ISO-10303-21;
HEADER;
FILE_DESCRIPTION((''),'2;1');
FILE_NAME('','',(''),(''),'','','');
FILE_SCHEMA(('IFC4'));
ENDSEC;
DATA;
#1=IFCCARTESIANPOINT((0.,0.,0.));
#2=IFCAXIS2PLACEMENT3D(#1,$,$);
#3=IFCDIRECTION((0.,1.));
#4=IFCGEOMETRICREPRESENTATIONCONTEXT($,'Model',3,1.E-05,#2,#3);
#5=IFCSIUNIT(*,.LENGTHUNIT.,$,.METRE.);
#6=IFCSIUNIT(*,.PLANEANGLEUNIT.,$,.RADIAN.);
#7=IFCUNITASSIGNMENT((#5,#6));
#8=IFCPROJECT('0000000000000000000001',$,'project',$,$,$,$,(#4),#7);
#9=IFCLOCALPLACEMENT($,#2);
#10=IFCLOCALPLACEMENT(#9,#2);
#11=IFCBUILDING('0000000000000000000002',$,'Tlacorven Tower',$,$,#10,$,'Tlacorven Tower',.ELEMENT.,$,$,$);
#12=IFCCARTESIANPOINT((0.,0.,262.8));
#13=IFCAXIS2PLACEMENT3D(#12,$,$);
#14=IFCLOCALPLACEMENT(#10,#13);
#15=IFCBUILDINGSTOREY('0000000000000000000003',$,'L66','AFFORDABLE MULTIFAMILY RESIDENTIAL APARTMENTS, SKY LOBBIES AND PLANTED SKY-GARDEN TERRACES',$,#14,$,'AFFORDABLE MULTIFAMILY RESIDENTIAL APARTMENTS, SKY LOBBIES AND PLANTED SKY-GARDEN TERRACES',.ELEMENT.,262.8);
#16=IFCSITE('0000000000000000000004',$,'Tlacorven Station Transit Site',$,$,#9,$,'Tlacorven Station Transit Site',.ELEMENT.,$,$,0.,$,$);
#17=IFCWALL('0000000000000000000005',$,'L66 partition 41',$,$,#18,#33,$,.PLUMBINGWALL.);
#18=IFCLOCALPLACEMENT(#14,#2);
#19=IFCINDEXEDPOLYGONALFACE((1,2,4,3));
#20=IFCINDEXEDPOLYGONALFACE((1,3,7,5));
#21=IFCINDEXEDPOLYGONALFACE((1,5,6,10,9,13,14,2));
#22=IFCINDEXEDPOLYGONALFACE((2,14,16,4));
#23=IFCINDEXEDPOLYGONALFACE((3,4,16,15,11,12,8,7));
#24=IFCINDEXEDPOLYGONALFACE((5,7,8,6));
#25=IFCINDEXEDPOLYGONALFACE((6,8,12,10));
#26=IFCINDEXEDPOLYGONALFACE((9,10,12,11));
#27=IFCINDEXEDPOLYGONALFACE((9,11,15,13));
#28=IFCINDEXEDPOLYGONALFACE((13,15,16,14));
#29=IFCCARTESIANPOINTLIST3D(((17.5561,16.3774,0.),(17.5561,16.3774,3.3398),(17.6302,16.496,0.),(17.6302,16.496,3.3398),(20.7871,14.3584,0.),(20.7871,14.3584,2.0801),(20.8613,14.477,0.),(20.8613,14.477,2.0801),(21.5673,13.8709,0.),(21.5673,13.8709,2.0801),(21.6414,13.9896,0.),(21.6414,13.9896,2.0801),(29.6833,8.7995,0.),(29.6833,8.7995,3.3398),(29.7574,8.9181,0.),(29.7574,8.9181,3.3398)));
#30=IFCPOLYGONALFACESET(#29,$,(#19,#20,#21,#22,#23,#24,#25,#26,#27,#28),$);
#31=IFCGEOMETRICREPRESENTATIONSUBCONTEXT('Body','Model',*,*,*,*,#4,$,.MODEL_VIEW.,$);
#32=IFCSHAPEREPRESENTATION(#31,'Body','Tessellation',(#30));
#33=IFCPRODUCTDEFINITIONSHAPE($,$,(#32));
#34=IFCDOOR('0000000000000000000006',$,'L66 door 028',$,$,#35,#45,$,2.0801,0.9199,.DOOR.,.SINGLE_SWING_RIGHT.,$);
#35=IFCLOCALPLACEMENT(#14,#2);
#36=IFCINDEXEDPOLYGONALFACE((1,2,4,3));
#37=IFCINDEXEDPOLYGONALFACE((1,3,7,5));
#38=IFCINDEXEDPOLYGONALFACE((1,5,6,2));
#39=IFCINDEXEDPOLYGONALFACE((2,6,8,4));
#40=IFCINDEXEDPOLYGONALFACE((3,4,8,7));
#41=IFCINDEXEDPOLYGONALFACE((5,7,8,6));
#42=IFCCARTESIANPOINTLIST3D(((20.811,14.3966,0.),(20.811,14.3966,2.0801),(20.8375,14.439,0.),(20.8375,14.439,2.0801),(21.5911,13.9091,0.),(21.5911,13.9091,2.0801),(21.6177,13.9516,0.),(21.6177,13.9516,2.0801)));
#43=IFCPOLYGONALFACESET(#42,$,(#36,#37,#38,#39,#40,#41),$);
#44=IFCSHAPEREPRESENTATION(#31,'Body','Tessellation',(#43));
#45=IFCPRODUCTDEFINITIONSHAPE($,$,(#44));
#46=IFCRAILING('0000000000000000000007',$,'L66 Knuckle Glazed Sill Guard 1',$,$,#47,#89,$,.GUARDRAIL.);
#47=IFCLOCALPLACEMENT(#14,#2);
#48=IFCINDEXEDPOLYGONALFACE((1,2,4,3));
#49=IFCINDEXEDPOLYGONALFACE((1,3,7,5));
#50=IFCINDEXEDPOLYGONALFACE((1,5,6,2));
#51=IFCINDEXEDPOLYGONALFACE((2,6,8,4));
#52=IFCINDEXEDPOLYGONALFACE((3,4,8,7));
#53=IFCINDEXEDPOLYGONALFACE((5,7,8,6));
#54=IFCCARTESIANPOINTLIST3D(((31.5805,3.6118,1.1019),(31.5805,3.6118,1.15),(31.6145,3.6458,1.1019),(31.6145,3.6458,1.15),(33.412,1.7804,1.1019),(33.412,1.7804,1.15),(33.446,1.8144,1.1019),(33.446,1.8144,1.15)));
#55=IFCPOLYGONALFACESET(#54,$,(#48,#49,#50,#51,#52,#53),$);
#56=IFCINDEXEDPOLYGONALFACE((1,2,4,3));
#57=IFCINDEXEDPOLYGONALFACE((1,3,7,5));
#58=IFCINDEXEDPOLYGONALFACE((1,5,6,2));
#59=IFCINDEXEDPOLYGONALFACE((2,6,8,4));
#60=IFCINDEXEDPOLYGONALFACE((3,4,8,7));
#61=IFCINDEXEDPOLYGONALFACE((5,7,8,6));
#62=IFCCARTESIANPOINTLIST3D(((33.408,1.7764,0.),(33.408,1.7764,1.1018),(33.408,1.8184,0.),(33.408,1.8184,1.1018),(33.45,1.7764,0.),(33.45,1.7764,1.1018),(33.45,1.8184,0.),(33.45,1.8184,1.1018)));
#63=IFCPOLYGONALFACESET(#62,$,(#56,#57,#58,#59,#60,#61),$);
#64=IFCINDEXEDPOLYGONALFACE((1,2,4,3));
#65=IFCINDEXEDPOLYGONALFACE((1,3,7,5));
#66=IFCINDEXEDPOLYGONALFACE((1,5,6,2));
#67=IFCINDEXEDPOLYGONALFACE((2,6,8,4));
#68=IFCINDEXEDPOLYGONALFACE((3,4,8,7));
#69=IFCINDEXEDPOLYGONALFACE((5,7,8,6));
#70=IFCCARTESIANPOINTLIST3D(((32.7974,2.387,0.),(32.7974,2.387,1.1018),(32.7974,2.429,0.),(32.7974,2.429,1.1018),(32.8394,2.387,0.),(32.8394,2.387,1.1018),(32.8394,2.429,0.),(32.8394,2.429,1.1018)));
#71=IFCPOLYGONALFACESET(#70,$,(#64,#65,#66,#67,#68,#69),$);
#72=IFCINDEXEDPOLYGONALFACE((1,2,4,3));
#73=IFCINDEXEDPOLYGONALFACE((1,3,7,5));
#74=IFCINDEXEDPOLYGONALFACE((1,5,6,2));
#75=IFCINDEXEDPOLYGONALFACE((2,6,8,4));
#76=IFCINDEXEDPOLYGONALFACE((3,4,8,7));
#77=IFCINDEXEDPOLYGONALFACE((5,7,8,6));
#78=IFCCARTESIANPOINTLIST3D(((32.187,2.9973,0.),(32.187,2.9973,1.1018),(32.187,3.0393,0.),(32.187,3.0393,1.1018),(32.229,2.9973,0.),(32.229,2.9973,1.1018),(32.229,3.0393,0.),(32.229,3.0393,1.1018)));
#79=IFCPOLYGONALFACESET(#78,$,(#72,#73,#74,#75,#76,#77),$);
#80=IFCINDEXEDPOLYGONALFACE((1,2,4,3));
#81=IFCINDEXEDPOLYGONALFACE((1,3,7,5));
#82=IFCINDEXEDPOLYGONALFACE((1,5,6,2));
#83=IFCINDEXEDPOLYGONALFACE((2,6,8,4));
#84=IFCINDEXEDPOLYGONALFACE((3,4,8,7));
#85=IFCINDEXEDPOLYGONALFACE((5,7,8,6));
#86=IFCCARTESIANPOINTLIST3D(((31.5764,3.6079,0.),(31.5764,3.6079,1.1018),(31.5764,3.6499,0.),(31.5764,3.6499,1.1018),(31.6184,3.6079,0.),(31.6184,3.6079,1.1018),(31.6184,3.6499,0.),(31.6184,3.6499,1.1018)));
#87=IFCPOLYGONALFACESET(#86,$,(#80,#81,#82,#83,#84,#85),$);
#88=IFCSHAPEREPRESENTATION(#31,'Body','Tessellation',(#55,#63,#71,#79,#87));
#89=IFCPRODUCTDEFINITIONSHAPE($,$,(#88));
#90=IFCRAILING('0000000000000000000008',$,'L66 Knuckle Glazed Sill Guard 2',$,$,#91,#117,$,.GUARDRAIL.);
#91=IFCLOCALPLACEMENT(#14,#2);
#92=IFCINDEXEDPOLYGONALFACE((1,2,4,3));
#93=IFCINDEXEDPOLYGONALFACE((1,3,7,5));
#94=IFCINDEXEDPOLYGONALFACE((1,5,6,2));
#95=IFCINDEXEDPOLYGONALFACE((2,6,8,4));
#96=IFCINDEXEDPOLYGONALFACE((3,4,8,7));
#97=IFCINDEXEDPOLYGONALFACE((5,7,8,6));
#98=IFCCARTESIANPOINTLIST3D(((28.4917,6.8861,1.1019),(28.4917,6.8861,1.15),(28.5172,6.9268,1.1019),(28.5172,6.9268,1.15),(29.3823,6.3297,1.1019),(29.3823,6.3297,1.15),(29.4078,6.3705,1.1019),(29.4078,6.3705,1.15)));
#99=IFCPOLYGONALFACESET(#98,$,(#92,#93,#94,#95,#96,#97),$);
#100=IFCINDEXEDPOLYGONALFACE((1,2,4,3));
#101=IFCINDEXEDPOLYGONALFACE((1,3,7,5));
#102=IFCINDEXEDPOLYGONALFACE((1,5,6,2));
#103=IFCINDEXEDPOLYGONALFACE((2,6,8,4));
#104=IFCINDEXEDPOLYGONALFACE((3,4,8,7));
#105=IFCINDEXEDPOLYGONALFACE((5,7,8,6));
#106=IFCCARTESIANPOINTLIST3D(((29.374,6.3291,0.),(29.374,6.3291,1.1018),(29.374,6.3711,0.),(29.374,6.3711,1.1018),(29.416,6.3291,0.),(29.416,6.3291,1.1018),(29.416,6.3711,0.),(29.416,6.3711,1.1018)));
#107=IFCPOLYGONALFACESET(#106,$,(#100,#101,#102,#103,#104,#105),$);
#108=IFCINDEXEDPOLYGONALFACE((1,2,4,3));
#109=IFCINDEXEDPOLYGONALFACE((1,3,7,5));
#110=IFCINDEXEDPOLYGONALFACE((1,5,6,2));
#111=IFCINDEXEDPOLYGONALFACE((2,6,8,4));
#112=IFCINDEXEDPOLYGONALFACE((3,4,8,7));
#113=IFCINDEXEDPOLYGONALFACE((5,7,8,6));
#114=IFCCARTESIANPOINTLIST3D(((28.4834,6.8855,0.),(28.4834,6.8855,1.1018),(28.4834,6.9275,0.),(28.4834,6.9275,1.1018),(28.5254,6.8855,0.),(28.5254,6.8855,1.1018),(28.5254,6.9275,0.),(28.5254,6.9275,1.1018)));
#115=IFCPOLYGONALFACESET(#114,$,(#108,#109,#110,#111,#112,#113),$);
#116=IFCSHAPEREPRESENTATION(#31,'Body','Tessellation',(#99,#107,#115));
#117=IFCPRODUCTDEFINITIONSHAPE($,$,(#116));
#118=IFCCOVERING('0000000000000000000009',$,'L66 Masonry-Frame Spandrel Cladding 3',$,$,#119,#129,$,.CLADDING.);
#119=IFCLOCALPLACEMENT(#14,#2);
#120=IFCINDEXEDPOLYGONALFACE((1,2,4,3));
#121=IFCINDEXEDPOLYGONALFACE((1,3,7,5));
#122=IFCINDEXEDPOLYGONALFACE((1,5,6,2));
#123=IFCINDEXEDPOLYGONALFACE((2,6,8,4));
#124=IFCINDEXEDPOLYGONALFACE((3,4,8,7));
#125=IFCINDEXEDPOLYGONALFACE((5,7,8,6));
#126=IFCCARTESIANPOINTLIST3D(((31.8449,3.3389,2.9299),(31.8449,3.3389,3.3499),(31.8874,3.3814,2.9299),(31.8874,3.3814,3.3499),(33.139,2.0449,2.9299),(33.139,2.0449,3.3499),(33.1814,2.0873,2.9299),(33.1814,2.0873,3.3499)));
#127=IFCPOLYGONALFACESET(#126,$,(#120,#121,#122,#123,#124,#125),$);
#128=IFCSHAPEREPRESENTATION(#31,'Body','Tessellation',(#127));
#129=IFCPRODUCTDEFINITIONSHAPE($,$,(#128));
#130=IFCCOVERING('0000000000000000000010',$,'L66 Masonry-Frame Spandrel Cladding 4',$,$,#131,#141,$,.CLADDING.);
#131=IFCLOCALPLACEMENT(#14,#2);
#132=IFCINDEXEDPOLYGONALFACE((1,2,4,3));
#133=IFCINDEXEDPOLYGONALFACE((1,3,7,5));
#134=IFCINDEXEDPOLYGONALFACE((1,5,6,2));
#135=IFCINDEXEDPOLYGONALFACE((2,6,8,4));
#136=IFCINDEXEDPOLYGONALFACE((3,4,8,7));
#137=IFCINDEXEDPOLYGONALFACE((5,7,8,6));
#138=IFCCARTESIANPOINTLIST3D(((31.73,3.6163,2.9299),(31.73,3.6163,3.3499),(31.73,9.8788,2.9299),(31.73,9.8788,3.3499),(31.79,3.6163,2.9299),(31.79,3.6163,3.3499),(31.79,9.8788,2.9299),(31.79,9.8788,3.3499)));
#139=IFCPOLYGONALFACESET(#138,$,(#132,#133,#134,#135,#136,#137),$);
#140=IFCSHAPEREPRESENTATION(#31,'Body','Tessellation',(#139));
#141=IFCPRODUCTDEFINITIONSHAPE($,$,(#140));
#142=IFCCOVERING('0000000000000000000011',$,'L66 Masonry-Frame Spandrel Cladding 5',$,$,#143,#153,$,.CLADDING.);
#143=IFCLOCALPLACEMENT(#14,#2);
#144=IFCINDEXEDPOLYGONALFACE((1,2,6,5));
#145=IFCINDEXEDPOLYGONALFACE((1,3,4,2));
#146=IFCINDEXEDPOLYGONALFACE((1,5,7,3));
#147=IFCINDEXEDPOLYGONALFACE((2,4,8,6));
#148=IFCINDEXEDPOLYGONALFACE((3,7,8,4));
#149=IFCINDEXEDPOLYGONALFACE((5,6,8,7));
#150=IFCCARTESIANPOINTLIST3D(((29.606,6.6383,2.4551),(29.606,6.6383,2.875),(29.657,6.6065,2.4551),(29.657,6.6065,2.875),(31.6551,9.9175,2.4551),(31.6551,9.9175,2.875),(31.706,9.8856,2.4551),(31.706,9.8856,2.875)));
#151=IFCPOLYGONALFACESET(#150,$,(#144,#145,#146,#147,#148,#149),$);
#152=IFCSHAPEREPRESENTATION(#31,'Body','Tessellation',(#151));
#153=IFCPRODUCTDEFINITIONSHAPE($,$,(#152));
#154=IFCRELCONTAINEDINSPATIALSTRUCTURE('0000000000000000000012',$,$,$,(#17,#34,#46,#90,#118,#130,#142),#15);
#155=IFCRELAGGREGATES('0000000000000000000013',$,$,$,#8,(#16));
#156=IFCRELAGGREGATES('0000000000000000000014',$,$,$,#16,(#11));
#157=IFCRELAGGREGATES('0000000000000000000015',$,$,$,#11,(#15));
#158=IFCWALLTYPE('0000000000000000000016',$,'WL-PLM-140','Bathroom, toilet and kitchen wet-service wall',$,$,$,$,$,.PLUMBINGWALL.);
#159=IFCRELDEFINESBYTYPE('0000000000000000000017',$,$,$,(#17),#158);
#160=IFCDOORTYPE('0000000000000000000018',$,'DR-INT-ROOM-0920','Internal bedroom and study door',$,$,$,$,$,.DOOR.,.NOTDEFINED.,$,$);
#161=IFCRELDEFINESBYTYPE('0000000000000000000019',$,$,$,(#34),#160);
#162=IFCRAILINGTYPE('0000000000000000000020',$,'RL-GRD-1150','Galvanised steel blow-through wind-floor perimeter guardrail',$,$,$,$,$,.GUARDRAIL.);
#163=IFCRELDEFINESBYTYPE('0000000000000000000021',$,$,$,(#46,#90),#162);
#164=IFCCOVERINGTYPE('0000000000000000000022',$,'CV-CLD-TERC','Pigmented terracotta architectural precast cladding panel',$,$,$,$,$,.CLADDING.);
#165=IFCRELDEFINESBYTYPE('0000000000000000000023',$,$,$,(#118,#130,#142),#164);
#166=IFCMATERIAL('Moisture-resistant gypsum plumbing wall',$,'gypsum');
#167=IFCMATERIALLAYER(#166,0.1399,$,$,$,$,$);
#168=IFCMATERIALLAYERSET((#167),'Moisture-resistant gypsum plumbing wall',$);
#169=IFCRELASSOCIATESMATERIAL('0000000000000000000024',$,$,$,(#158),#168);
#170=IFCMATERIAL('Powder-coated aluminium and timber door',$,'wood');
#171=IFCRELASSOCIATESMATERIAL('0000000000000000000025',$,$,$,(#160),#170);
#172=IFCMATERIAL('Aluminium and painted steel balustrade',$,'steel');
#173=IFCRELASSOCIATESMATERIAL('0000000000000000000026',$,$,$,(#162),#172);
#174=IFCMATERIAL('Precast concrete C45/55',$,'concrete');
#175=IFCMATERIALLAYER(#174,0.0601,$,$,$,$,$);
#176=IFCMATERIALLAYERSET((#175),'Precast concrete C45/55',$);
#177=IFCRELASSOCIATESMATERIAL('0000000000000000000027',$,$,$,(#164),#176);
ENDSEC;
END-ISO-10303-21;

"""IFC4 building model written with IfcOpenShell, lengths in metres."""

from ifc_helpers import new_model, si_unit, direction, frame, frame_2d, origin, origin_2d, place, context, subcontext, project, spatial, rectangle, extrude, source, transform, mapped, material, layer, layer_set, type_object, element, fill, save


model = new_model("IFC4")

# Units and contexts
model_context = context("Model", 3, precision=1e-05, world=origin(), true_north=direction((0.0, 1.0)))
body_context = subcontext(model_context, "Body", "Model", "MODEL_VIEW")
ifc_project = project(units=[si_unit("LENGTHUNIT", "METRE"), si_unit("PLANEANGLEUNIT", "RADIAN")], contexts=[model_context])

# Site, building, storey
site_placement = place(None, origin())
site = spatial("IfcSite", under=ifc_project, at=site_placement, Name="Tlacorven Station Transit Site", LongName="Tlacorven Station Transit Site", CompositionType="ELEMENT", RefElevation=0.0)
building_placement = place(site_placement, origin())
building = spatial("IfcBuilding", under=site, at=building_placement, Name="Tlacorven Tower", LongName="Tlacorven Tower", CompositionType="ELEMENT")
storey_placement = place(building_placement, frame((0.0, 0.0, 262.8)))
storey = spatial("IfcBuildingStorey", under=building, at=storey_placement, Name="L66", Description="AFFORDABLE MULTIFAMILY RESIDENTIAL APARTMENTS, SKY LOBBIES AND PLANTED SKY-GARDEN TERRACES", LongName="AFFORDABLE MULTIFAMILY RESIDENTIAL APARTMENTS, SKY LOBBIES AND PLANTED SKY-GARDEN TERRACES", CompositionType="ELEMENT", Elevation=262.8)

# Shared definitions
ifc_material_1 = material(Name="Precast concrete C45/55", Category="concrete")

# Shared definitions
ifc_material_2 = material(Name="Powder-coated aluminium and timber door", Category="wood")

# Wall, opening, door
ifc_material_3 = material(Name="Moisture-resistant gypsum plumbing wall", Category="gypsum")
ifc_layer_1 = layer(ifc_material_3, 0.1399)
ifc_layer_set_1 = layer_set([ifc_layer_1], Name="Moisture-resistant gypsum plumbing wall")
wall_type_1 = type_object("IfcWallType", Name="WL-PLM-140", Description="Bathroom, toilet and kitchen wet-service wall", PredefinedType="PLUMBINGWALL", material=ifc_layer_set_1)
wall_1_placement = place(storey_placement, frame((29.7202, 8.8589, 0.0), z_axis=(0.0, 0.0, 1.0), x_axis=(-0.848049, 0.529918, 0.0)))
wall_1 = element("IfcWall", 1, at=wall_1_placement, inside=storey, type_object=wall_type_1, Name="L66 partition 41", PredefinedType="PLUMBINGWALL", context=body_context, shape_type="SweptSolid", body=[
    extrude(rectangle(XDim=14.3, YDim=0.1399, at=frame_2d((7.1499, 0.0))), origin(), (0.0, 0.0, 1.0), 3.3398),
])
opening_1_placement = place(wall_1_placement, frame((9.5701, 0.0, 0.0)))
opening_1 = element("IfcOpeningElement", 2, at=opening_1_placement, cuts=wall_1, PredefinedType="OPENING", context=body_context, shape_type="SweptSolid", body=[
    extrude(rectangle(XDim=0.9199, YDim=2.0801, at=frame_2d((0.46, 1.04))), frame((0.0, 0.0801, 0.0), z_axis=(0.0, -1.0, 0.0), x_axis=(1.0, 0.0, 0.0)), (0.0, 0.0, 1.0), 0.1599),
])
door_type_1 = type_object("IfcDoorType", Name="DR-INT-ROOM-0920", Description="Internal bedroom and study door", OperationType="NOTDEFINED", PredefinedType="DOOR", material=ifc_material_2)
shared_shape_1 = source(origin(), body_context, "Body", "SweptSolid", [
    extrude(rectangle(XDim=0.9199, YDim=2.0801, at=frame_2d((0.46, 1.04))), frame((0.0, 0.0249, 0.0), z_axis=(0.0, -1.0, 0.0), x_axis=(1.0, 0.0, 0.0)), (0.0, 0.0, 1.0), 0.05),
])
door_1_placement = place(opening_1_placement, origin())
door_1 = element("IfcDoor", 3, at=door_1_placement, inside=storey, type_object=door_type_1, Name="L66 door 028", OperationType="SINGLE_SWING_RIGHT", OverallHeight=2.0801, OverallWidth=0.9199, PredefinedType="DOOR", context=body_context, shape_type="MappedRepresentation", body=[
    mapped(shared_shape_1, transform((0.0, 0.0, 0.0), scale=1.0)),
])
fill(opening_1, door_1)

# Railings
ifc_material_4 = material(Name="Aluminium and painted steel balustrade", Category="steel")
railing_type = type_object("IfcRailingType", Name="RL-GRD-1150", Description="Galvanised steel blow-through wind-floor perimeter guardrail", PredefinedType="GUARDRAIL", material=ifc_material_4)
shared_shape_2 = source(origin(), body_context, "Body", "SweptSolid", [
    extrude(rectangle(XDim=0.0481, YDim=0.0481, at=origin_2d()), frame((0.0, 0.0, 1.126), z_axis=(-0.707107, 0.707107, 0.0), x_axis=(-0.707107, -0.707107, 0.0)), (0.0, 0.0, 1.0), 2.5901),
    extrude(rectangle(XDim=0.042, YDim=0.042, at=origin_2d()), origin(), (0.0, 0.0, 1.0), 1.1018),
    extrude(rectangle(XDim=0.042, YDim=0.042, at=origin_2d()), frame((-0.6106, 0.6106, 0.0)), (0.0, 0.0, 1.0), 1.1018),
    extrude(rectangle(XDim=0.042, YDim=0.042, at=origin_2d()), frame((-1.2209, 1.2209, 0.0)), (0.0, 0.0, 1.0), 1.1018),
    extrude(rectangle(XDim=0.042, YDim=0.042, at=origin_2d()), frame((-1.8315, 1.8315, 0.0)), (0.0, 0.0, 1.0), 1.1018),
])
railing_1_placement = place(storey_placement, frame((33.429, 1.7974, 0.0)))
element("IfcRailing", 4, at=railing_1_placement, inside=storey, type_object=railing_type, Name="L66 Knuckle Glazed Sill Guard 1", PredefinedType="GUARDRAIL", context=body_context, shape_type="MappedRepresentation", body=[
    mapped(shared_shape_2, transform((0.0, 0.0, 0.0), scale=1.0)),
])
shared_shape_3 = source(origin(), body_context, "Body", "SweptSolid", [
    extrude(rectangle(XDim=0.0481, YDim=0.0481, at=origin_2d()), frame((0.0, 0.0, 1.126), z_axis=(-0.848103, 0.529832, 0.0), x_axis=(-0.529832, -0.848103, 0.0)), (0.0, 0.0, 1.0), 1.05),
    extrude(rectangle(XDim=0.042, YDim=0.042, at=origin_2d()), origin(), (0.0, 0.0, 1.0), 1.1018),
    extrude(rectangle(XDim=0.042, YDim=0.042, at=origin_2d()), frame((-0.8906, 0.5564, 0.0)), (0.0, 0.0, 1.0), 1.1018),
])
railing_2_placement = place(storey_placement, frame((29.395, 6.3501, 0.0)))
element("IfcRailing", 5, at=railing_2_placement, inside=storey, type_object=railing_type, Name="L66 Knuckle Glazed Sill Guard 2", PredefinedType="GUARDRAIL", context=body_context, shape_type="MappedRepresentation", body=[
    mapped(shared_shape_3, transform((0.0, 0.0, 0.0), scale=1.0)),
])

# Coverings
ifc_layer_2 = layer(ifc_material_1, 0.0601)
ifc_layer_set_2 = layer_set([ifc_layer_2], Name="Precast concrete C45/55")
covering_type = type_object("IfcCoveringType", Name="CV-CLD-TERC", Description="Pigmented terracotta architectural precast cladding panel", PredefinedType="CLADDING", material=ifc_layer_set_2)
shared_shape_4 = source(origin(), body_context, "Body", "SweptSolid", [
    extrude(rectangle(XDim=1.8301, YDim=0.0601, at=origin_2d()), origin(), (0.0, 0.0, 1.0), 0.4199),
])
covering_1_placement = place(storey_placement, frame((32.5132, 2.7131, 2.9299), z_axis=(0.0, 0.0, 1.0), x_axis=(-0.707107, 0.707107, 0.0)))
element("IfcCovering", 6, at=covering_1_placement, inside=storey, type_object=covering_type, Name="L66 Masonry-Frame Spandrel Cladding 3", PredefinedType="CLADDING", context=body_context, shape_type="MappedRepresentation", body=[
    mapped(shared_shape_4, transform((0.0, 0.0, 0.0), scale=1.0)),
])
shared_shape_5 = source(origin(), body_context, "Body", "SweptSolid", [
    extrude(rectangle(XDim=6.2625, YDim=0.0601, at=origin_2d()), origin(), (0.0, 0.0, 1.0), 0.4199),
])
covering_2_placement = place(storey_placement, frame((31.76, 6.7476, 2.9299), z_axis=(0.0, 0.0, 1.0), x_axis=(0.0, 1.0, 0.0)))
element("IfcCovering", 7, at=covering_2_placement, inside=storey, type_object=covering_type, Name="L66 Masonry-Frame Spandrel Cladding 4", PredefinedType="CLADDING", context=body_context, shape_type="MappedRepresentation", body=[
    mapped(shared_shape_5, transform((0.0, 0.0, 0.0), scale=1.0)),
])
shared_shape_6 = source(origin(), body_context, "Body", "SweptSolid", [
    extrude(rectangle(XDim=3.8667, YDim=0.0601, at=origin_2d()), origin(), (0.0, 0.0, 1.0), 0.4199),
])
covering_3_placement = place(storey_placement, frame((30.656, 8.262, 2.4551), z_axis=(0.0, 0.0, 1.0), x_axis=(-0.529919, -0.848048, 0.0)))
element("IfcCovering", 8, at=covering_3_placement, inside=storey, type_object=covering_type, Name="L66 Masonry-Frame Spandrel Cladding 5", PredefinedType="CLADDING", context=body_context, shape_type="MappedRepresentation", body=[
    mapped(shared_shape_6, transform((0.0, 0.0, 0.0), scale=1.0)),
])

save(model, "model.ifc")
